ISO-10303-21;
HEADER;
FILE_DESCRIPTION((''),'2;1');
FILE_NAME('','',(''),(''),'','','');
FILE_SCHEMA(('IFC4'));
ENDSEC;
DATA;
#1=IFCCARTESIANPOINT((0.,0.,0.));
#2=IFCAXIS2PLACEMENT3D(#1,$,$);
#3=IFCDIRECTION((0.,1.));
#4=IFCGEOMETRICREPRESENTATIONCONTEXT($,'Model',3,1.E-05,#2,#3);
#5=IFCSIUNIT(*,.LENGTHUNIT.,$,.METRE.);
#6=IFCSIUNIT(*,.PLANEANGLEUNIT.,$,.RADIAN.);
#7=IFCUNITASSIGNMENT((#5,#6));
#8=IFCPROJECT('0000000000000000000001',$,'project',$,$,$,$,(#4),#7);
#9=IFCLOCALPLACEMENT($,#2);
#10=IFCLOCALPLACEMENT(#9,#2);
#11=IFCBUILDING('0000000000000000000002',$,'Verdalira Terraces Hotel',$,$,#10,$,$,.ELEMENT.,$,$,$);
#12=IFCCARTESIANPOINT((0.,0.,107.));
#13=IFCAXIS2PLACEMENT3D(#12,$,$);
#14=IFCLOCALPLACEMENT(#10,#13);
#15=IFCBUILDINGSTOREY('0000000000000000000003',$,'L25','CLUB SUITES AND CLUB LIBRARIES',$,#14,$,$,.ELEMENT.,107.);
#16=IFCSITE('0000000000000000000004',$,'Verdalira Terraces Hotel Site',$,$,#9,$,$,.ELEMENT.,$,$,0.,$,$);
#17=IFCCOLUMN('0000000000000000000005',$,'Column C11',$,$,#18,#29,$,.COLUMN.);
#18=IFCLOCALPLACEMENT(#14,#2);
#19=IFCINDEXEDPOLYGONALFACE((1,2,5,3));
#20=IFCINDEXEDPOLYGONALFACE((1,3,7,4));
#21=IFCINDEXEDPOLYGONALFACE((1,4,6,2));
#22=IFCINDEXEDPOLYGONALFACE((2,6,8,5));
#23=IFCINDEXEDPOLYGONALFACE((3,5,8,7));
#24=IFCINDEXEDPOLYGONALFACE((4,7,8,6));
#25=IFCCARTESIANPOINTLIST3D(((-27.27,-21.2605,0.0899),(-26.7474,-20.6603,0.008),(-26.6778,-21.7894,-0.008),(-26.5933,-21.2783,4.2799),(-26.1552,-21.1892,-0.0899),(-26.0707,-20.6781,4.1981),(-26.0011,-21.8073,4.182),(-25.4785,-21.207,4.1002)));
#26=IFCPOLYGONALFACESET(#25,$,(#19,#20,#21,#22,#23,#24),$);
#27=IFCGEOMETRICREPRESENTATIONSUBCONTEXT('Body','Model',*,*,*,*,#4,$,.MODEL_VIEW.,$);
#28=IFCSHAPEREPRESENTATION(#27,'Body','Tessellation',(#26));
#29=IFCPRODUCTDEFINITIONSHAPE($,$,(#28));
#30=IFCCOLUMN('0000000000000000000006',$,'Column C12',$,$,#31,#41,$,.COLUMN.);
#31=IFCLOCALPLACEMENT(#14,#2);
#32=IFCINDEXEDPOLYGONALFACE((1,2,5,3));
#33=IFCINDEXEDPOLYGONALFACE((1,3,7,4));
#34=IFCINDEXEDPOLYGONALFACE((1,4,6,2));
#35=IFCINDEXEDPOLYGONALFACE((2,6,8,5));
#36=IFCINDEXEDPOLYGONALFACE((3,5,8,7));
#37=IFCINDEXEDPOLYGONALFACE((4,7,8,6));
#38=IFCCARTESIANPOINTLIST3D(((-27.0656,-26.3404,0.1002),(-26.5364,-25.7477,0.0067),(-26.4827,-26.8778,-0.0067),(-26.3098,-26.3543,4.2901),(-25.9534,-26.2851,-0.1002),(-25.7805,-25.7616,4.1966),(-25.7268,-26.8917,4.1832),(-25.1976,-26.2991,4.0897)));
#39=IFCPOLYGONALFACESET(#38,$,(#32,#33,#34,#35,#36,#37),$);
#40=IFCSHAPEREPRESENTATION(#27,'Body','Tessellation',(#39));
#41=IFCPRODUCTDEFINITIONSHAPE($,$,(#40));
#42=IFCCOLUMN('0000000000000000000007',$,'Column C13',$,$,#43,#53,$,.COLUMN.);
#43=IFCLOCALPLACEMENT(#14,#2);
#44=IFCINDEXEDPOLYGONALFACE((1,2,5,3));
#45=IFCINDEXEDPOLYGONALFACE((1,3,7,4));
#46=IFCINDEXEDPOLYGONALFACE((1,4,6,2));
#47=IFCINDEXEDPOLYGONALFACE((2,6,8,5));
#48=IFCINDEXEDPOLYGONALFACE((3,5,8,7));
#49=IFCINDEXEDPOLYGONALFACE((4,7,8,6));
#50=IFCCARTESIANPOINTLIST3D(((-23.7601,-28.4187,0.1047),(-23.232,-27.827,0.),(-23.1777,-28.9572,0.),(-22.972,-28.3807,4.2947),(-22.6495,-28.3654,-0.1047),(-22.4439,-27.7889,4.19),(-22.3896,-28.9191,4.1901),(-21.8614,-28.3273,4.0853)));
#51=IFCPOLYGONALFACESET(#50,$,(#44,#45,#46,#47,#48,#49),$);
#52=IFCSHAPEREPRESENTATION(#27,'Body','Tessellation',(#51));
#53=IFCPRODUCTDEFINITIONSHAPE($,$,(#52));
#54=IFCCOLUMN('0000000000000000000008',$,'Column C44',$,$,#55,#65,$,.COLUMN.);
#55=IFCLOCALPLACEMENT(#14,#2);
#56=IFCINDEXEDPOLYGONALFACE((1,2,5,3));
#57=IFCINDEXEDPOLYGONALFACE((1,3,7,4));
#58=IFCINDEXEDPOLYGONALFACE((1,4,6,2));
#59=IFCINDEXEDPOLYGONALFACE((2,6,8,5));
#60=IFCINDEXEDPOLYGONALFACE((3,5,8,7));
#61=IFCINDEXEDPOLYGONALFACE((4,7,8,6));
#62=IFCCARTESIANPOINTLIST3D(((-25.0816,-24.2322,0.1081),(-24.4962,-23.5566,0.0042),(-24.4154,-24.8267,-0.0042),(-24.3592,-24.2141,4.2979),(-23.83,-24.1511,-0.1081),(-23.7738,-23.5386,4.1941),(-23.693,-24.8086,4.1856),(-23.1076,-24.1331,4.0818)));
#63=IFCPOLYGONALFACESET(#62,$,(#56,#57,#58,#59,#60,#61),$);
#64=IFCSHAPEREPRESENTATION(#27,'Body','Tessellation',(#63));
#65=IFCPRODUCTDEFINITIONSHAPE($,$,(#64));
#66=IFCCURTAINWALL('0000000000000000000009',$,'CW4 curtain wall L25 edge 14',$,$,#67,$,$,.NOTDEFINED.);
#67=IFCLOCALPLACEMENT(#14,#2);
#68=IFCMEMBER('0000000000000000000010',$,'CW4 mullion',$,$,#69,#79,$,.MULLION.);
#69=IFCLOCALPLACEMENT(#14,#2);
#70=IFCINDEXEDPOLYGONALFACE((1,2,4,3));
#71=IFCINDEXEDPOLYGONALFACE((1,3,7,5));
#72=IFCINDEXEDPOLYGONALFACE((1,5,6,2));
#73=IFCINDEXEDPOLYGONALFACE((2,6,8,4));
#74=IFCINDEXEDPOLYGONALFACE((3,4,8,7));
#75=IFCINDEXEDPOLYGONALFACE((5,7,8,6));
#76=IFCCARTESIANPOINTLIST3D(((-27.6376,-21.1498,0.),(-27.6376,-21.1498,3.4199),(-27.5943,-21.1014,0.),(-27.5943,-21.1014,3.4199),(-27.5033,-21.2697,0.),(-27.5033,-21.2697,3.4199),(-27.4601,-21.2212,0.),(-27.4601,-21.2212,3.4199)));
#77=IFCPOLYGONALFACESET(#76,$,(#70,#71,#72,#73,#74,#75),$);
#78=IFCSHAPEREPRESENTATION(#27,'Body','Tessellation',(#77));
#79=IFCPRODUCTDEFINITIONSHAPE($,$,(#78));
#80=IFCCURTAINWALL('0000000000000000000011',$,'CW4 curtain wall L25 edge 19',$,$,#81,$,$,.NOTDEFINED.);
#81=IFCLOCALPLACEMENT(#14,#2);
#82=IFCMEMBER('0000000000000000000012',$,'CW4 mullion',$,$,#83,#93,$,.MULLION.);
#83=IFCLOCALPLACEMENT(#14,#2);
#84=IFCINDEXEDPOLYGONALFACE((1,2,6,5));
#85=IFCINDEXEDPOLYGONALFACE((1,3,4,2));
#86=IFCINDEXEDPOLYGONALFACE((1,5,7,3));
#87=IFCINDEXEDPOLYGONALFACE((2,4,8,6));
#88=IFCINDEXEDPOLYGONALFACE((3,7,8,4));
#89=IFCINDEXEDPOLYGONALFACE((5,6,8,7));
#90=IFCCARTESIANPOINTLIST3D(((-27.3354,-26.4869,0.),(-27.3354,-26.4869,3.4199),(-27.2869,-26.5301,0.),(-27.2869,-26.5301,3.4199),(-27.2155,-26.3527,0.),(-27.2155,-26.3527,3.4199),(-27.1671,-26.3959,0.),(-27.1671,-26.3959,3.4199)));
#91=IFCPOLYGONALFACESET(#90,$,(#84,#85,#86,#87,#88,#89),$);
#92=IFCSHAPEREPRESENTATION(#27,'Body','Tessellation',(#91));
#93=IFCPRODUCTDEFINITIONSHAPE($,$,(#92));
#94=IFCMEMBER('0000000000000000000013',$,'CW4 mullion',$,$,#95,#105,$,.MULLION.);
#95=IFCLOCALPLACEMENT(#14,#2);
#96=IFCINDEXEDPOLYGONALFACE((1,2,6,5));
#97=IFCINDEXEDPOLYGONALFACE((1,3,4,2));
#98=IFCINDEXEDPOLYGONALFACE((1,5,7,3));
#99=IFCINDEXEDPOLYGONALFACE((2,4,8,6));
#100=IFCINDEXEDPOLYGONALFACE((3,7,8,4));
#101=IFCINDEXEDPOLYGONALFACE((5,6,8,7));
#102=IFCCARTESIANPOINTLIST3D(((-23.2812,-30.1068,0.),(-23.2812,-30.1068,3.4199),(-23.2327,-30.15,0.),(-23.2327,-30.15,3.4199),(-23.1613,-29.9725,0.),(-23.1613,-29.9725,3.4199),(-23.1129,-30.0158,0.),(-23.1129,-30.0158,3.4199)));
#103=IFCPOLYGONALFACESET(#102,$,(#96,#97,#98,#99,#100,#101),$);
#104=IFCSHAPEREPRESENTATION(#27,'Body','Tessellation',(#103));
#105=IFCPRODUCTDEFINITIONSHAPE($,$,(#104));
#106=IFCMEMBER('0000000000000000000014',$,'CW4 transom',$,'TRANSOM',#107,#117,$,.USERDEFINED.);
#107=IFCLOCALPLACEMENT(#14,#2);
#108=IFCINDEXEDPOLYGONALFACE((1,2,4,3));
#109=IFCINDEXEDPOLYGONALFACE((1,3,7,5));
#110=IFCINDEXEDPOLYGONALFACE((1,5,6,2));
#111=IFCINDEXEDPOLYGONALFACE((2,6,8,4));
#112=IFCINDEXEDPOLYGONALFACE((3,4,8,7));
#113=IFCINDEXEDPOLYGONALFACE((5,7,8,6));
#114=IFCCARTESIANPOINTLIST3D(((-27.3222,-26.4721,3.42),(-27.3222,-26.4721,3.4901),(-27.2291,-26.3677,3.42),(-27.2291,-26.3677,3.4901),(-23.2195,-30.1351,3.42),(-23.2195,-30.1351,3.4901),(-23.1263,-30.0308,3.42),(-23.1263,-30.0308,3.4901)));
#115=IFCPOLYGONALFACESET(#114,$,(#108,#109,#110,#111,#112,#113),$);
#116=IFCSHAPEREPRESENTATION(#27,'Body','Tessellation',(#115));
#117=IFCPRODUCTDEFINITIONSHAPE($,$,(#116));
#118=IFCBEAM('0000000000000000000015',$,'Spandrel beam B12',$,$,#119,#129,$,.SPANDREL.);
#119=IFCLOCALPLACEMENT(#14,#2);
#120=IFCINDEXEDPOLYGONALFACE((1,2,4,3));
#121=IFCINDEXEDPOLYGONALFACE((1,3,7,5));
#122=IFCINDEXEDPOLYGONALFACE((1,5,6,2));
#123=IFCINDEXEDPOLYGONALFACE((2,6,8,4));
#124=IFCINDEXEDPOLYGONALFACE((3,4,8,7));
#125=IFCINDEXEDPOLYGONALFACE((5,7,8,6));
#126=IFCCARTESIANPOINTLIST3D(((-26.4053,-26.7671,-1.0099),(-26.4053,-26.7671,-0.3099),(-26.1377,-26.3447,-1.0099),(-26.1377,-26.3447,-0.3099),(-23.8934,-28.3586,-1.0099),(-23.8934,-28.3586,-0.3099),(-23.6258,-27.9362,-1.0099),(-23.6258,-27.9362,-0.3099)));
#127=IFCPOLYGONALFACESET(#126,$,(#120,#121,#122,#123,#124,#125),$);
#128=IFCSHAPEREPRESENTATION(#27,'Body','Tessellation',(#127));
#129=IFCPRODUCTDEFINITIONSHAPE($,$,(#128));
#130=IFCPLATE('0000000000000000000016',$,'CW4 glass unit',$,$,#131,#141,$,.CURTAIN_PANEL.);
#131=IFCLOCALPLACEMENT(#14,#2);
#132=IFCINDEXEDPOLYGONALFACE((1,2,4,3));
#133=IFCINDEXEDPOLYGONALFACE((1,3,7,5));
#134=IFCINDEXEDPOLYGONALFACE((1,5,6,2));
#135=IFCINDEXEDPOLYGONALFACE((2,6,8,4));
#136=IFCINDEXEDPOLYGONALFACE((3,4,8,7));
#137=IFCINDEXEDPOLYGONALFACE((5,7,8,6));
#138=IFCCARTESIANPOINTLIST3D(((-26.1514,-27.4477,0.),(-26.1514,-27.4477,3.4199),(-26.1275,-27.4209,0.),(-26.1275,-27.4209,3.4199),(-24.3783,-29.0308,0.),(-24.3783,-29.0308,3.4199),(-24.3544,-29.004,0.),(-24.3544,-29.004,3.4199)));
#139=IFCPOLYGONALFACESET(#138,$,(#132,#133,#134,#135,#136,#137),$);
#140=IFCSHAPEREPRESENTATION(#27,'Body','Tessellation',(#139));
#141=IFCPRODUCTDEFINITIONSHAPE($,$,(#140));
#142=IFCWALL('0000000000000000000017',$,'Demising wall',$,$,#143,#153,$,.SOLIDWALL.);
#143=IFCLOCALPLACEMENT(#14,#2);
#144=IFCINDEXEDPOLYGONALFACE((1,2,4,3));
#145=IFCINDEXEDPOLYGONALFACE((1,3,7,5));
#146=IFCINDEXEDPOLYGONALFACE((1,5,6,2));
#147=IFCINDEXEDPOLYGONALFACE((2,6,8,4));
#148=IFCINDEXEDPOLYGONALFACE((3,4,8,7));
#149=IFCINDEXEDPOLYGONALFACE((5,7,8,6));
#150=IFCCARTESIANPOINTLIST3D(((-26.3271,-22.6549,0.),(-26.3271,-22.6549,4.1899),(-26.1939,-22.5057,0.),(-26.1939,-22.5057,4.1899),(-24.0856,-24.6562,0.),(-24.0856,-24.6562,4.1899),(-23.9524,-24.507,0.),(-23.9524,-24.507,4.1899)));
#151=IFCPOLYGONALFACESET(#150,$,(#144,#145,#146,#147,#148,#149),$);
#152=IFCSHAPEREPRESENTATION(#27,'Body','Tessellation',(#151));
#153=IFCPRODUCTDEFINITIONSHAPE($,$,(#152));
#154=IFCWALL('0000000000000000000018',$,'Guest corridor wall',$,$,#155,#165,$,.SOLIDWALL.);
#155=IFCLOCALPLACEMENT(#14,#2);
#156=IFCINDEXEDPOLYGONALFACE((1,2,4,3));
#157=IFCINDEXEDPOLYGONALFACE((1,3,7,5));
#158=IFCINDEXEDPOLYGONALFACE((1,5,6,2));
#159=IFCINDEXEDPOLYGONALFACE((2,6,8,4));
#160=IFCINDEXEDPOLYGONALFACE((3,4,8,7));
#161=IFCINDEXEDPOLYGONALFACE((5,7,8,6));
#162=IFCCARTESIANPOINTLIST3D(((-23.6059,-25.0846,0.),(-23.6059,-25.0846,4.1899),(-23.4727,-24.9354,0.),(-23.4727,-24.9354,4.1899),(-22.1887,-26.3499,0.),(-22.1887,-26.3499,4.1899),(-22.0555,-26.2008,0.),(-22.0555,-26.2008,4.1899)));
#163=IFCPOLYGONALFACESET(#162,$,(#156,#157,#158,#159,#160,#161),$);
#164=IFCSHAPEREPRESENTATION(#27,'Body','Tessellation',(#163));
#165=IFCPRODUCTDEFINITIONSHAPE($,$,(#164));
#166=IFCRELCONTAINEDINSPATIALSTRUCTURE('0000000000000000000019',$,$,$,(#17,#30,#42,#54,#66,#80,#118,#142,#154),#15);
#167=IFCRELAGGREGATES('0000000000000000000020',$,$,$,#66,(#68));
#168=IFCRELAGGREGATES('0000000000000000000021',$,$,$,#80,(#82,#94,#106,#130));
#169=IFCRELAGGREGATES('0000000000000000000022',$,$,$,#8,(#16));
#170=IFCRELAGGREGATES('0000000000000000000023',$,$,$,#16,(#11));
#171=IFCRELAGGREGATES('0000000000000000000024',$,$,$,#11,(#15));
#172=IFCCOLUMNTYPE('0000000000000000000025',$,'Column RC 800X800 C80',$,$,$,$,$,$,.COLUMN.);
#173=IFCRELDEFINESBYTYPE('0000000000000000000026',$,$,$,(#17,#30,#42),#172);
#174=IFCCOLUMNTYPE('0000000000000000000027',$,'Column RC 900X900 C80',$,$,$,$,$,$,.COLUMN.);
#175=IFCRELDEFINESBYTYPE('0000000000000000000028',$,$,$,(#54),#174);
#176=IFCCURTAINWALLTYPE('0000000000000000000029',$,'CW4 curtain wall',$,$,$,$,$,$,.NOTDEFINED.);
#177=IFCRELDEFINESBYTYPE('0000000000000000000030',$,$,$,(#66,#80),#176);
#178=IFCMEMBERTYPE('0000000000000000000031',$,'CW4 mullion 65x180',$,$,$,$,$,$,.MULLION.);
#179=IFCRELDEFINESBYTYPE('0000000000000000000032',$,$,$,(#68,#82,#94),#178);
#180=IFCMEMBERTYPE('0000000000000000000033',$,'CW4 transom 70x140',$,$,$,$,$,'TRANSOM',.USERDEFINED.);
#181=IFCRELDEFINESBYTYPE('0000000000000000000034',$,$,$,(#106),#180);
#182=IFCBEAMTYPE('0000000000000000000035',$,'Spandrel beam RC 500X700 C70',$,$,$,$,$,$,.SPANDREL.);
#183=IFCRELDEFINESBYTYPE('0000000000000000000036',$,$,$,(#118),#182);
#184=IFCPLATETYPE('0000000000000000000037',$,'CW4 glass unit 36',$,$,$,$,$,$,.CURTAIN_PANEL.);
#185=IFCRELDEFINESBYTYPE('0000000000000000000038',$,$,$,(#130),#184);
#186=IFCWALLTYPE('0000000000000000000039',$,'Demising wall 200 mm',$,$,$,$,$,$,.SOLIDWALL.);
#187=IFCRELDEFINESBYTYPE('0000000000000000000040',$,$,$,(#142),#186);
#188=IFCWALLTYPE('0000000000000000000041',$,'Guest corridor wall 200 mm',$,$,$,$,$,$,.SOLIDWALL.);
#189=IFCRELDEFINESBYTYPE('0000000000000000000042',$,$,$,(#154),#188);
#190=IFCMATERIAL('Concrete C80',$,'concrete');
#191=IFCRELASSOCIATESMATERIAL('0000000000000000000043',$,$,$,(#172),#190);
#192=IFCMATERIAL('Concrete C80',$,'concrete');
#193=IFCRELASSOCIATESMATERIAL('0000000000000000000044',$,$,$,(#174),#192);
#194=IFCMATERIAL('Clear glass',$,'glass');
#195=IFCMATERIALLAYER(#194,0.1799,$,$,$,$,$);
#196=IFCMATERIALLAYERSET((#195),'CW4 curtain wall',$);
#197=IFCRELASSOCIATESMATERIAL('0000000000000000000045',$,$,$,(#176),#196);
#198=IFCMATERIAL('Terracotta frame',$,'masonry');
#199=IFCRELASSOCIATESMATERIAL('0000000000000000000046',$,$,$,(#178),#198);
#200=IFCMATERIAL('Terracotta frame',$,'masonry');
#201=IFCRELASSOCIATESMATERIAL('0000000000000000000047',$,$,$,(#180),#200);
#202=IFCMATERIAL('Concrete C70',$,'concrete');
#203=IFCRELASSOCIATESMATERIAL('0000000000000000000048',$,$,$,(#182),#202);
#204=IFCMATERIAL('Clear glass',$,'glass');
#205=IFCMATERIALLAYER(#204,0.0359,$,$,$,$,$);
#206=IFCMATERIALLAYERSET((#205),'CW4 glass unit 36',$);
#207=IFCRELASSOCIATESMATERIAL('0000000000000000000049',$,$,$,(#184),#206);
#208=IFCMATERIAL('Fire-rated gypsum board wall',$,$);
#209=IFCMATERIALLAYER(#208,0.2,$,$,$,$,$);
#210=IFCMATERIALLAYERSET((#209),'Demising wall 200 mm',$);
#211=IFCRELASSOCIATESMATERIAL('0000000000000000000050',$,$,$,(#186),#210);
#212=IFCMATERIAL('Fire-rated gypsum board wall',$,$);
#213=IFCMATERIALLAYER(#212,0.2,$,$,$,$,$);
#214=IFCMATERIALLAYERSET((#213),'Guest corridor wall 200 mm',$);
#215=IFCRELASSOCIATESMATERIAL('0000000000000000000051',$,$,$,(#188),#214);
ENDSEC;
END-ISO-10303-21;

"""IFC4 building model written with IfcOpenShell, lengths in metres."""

from ifc_helpers import new_model, si_unit, direction, frame, frame_2d, origin, origin_2d, place, context, subcontext, project, spatial, rectangle, extrude, material, layer, layer_set, material_profile, profile_set, type_object, element, aggregate, save


model = new_model("IFC4")

# Units and contexts
model_context = context("Model", 3, precision=1e-05, world=origin(), true_north=direction((0.0, 1.0)))
body_context = subcontext(model_context, "Body", "Model", "MODEL_VIEW")
ifc_project = project(units=[si_unit("LENGTHUNIT", "METRE"), si_unit("PLANEANGLEUNIT", "RADIAN")], contexts=[model_context])

# Site, building, storey
site_placement = place(None, origin())
site = spatial("IfcSite", under=ifc_project, at=site_placement, Name="Verdalira Terraces Hotel Site", CompositionType="ELEMENT", RefElevation=0.0)
building_placement = place(site_placement, origin())
building = spatial("IfcBuilding", under=site, at=building_placement, Name="Verdalira Terraces Hotel", CompositionType="ELEMENT")
storey_placement = place(building_placement, frame((0.0, 0.0, 107.0)))
storey = spatial("IfcBuildingStorey", under=building, at=storey_placement, Name="L25", Description="CLUB SUITES AND CLUB LIBRARIES", CompositionType="ELEMENT", Elevation=107.0)

# Columns
ifc_material_1 = material(Name="Concrete C80", Category="concrete")
ifc_material_profile_1 = material_profile(ifc_material_1, rectangle(XDim=0.8, YDim=0.8, at=origin_2d()), Name="RC 800X800")
ifc_profile_set_1 = profile_set([ifc_material_profile_1], Name="Concrete C80")
column_type_1 = type_object("IfcColumnType", Name="Column RC 800X800 C80", PredefinedType="COLUMN", material=ifc_profile_set_1)
column_1_placement = place(storey_placement, frame((-26.7126, -21.2249, 0.0), z_axis=(0.159452, -0.004199, 0.987197), x_axis=(-0.653206, -0.750236, 0.102314)))
element("IfcColumn", 1, at=column_1_placement, inside=storey, type_object=column_type_1, Name="Column C11", PredefinedType="COLUMN", context=body_context, shape_type="SweptSolid", body=[
    extrude(rectangle(XDim=0.8, YDim=0.8, at=origin_2d()), origin(), (0.0, 0.0, 1.0), 4.2444),
])
column_2_placement = place(storey_placement, frame((-26.5095, -26.3127, 0.0), z_axis=(0.177532, -0.003269, 0.98411), x_axis=(0.728615, -0.671753, -0.133672)))
element("IfcColumn", 2, at=column_2_placement, inside=storey, type_object=column_type_1, Name="Column C12", PredefinedType="COLUMN", context=body_context, shape_type="SweptSolid", body=[
    extrude(rectangle(XDim=0.8, YDim=0.8, at=origin_2d()), origin(), (0.0, 0.0, 1.0), 4.2576),
])
column_3_placement = place(storey_placement, frame((-23.2048, -28.3921, 0.0), z_axis=(0.184841, 0.008933, 0.982728), x_axis=(0.728008, -0.672973, -0.130814)))
element("IfcColumn", 3, at=column_3_placement, inside=storey, type_object=column_type_1, Name="Column C13", PredefinedType="COLUMN", context=body_context, shape_type="SweptSolid", body=[
    extrude(rectangle(XDim=0.8, YDim=0.8, at=origin_2d()), origin(), (0.0, 0.0, 1.0), 4.2637),
])
ifc_material_2 = material(Name="Concrete C80", Category="concrete")
ifc_material_profile_2 = material_profile(ifc_material_2, rectangle(XDim=0.8999, YDim=0.8999, at=origin_2d()), Name="RC 900X900")
ifc_profile_set_2 = profile_set([ifc_material_profile_2], Name="Concrete C80")
column_type_2 = type_object("IfcColumnType", Name="Column RC 900X900 C80", PredefinedType="COLUMN", material=ifc_profile_set_2)
column_4_placement = place(storey_placement, frame((-24.4558, -24.1916, 0.0), z_axis=(0.169907, 0.004249, 0.985451), x_axis=(-0.650495, -0.750693, 0.115393)))
element("IfcColumn", 4, at=column_4_placement, inside=storey, type_object=column_type_2, Name="Column C44", PredefinedType="COLUMN", context=body_context, shape_type="SweptSolid", body=[
    extrude(rectangle(XDim=0.8999, YDim=0.8999, at=origin_2d()), origin(), (0.0, 0.0, 1.0), 4.2517),
])

# Curtain wall, member
ifc_material_3 = material(Name="Clear glass", Category="glass")
ifc_layer_1 = layer(ifc_material_3, 0.1799)
ifc_layer_set_1 = layer_set([ifc_layer_1], Name="CW4 curtain wall")
curtain_wall_type = type_object("IfcCurtainWallType", Name="CW4 curtain wall", PredefinedType="NOTDEFINED", material=ifc_layer_set_1)
curtain_wall_1_placement = place(storey_placement, origin())
curtain_wall_1 = element("IfcCurtainWall", 5, at=curtain_wall_1_placement, inside=storey, type_object=curtain_wall_type, Name="CW4 curtain wall L25 edge 14", PredefinedType="NOTDEFINED")
ifc_material_4 = material(Name="Terracotta frame", Category="masonry")
ifc_material_profile_3 = material_profile(ifc_material_4, rectangle(XDim=0.0649, YDim=0.1799, at=origin_2d()), Name="MU 65x180")
ifc_profile_set_3 = profile_set([ifc_material_profile_3], Name="Terracotta frame")
member_type_1 = type_object("IfcMemberType", Name="CW4 mullion 65x180", PredefinedType="MULLION", material=ifc_profile_set_3)
member_1_placement = place(storey_placement, frame((-27.5488, -21.1855, 0.0), z_axis=(0.0, 0.0, 1.0), x_axis=(-0.666012, -0.745941, 0.0)))
member_1 = element("IfcMember", 6, at=member_1_placement, type_object=member_type_1, Name="CW4 mullion", PredefinedType="MULLION", context=body_context, shape_type="SweptSolid", body=[
    extrude(rectangle(XDim=0.0649, YDim=0.1799, at=origin_2d()), origin(), (0.0, 0.0, 1.0), 3.4199),
])
aggregate(curtain_wall_1, [member_1])

# Curtain wall, members
curtain_wall_2_placement = place(storey_placement, origin())
curtain_wall_2 = element("IfcCurtainWall", 7, at=curtain_wall_2_placement, inside=storey, type_object=curtain_wall_type, Name="CW4 curtain wall L25 edge 19", PredefinedType="NOTDEFINED")
member_2_placement = place(storey_placement, frame((-27.2512, -26.4414, 0.0), z_axis=(0.0, 0.0, 1.0), x_axis=(0.745941, -0.666012, 0.0)))
member_2 = element("IfcMember", 8, at=member_2_placement, type_object=member_type_1, Name="CW4 mullion", PredefinedType="MULLION", context=body_context, shape_type="SweptSolid", body=[
    extrude(rectangle(XDim=0.0649, YDim=0.1799, at=origin_2d()), origin(), (0.0, 0.0, 1.0), 3.4199),
])
member_3_placement = place(storey_placement, frame((-23.197, -30.0613, 0.0), z_axis=(0.0, 0.0, 1.0), x_axis=(0.745941, -0.666012, 0.0)))
member_3 = element("IfcMember", 9, at=member_3_placement, type_object=member_type_1, Name="CW4 mullion", PredefinedType="MULLION", context=body_context, shape_type="SweptSolid", body=[
    extrude(rectangle(XDim=0.0649, YDim=0.1799, at=origin_2d()), origin(), (0.0, 0.0, 1.0), 3.4199),
])
ifc_material_5 = material(Name="Terracotta frame", Category="masonry")
ifc_material_profile_4 = material_profile(ifc_material_5, rectangle(XDim=0.1399, YDim=0.0701, at=origin_2d()), Name="TR 70x140")
ifc_profile_set_4 = profile_set([ifc_material_profile_4], Name="Terracotta frame")
member_type_2 = type_object("IfcMemberType", Name="CW4 transom 70x140", ElementType="TRANSOM", PredefinedType="USERDEFINED", material=ifc_profile_set_4)
member_4_placement = place(storey_placement, frame((-27.2756, -26.4199, 3.4551), z_axis=(0.745948, -0.666004, 0.0), x_axis=(0.666004, 0.745948, 0.0)))
member_4 = element("IfcMember", 10, at=member_4_placement, type_object=member_type_2, Name="CW4 transom", ObjectType="TRANSOM", PredefinedType="USERDEFINED", context=body_context, shape_type="SweptSolid", body=[
    extrude(rectangle(XDim=0.1399, YDim=0.0701, at=origin_2d()), origin(), (0.0, 0.0, 1.0), 5.5),
])

# Beam
ifc_material_6 = material(Name="Concrete C70", Category="concrete")
ifc_material_profile_5 = material_profile(ifc_material_6, rectangle(XDim=0.5, YDim=0.7, at=origin_2d()), Name="RC 500X700")
ifc_profile_set_5 = profile_set([ifc_material_profile_5], Name="Concrete C70")
beam_type = type_object("IfcBeamType", Name="Spandrel beam RC 500X700 C70", PredefinedType="SPANDREL", material=ifc_profile_set_5)
beam_placement = place(storey_placement, frame((-26.2715, -26.5559, -0.6599), z_axis=(0.844721, -0.535206, 0.0), x_axis=(0.535206, 0.844721, 0.0)))
element("IfcBeam", 11, at=beam_placement, inside=storey, type_object=beam_type, Name="Spandrel beam B12", PredefinedType="SPANDREL", context=body_context, shape_type="SweptSolid", body=[
    extrude(rectangle(XDim=0.5, YDim=0.7, at=origin_2d()), origin(), (0.0, 0.0, 1.0), 2.9736),
])

# Plate
ifc_material_7 = material(Name="Clear glass", Category="glass")
ifc_layer_2 = layer(ifc_material_7, 0.0359)
ifc_layer_set_2 = layer_set([ifc_layer_2], Name="CW4 glass unit 36")
plate_type = type_object("IfcPlateType", Name="CW4 glass unit 36", PredefinedType="CURTAIN_PANEL", material=ifc_layer_set_2)
plate_placement = place(storey_placement, frame((-25.2529, -28.2258, 0.0), z_axis=(0.0, 0.0, 1.0), x_axis=(0.745941, -0.666012, 0.0)))
plate = element("IfcPlate", 12, at=plate_placement, type_object=plate_type, Name="CW4 glass unit", PredefinedType="CURTAIN_PANEL", context=body_context, shape_type="SweptSolid", body=[
    extrude(rectangle(XDim=2.377, YDim=0.0359, at=origin_2d()), origin(), (0.0, 0.0, 1.0), 3.4199),
])
aggregate(curtain_wall_2, [member_2, member_3, member_4, plate])

# Walls
ifc_material_8 = material(Name="Fire-rated gypsum board wall")
ifc_layer_3 = layer(ifc_material_8, 0.2)
ifc_layer_set_3 = layer_set([ifc_layer_3], Name="Demising wall 200 mm")
wall_type_1 = type_object("IfcWallType", Name="Demising wall 200 mm", PredefinedType="SOLIDWALL", material=ifc_layer_set_3)
wall_1_placement = place(storey_placement, frame((-26.2605, -22.5803, 0.0), z_axis=(0.0, 0.0, 1.0), x_axis=(0.745951, -0.666001, 0.0)))
element("IfcWall", 13, at=wall_1_placement, inside=storey, type_object=wall_type_1, Name="Demising wall", PredefinedType="SOLIDWALL", context=body_context, shape_type="SweptSolid", body=[
    extrude(rectangle(XDim=3.0049, YDim=0.2, at=frame_2d((1.5024, 0.0))), origin(), (0.0, 0.0, 1.0), 4.1899),
])
ifc_material_9 = material(Name="Fire-rated gypsum board wall")
ifc_layer_4 = layer(ifc_material_9, 0.2)
ifc_layer_set_4 = layer_set([ifc_layer_4], Name="Guest corridor wall 200 mm")
wall_type_2 = type_object("IfcWallType", Name="Guest corridor wall 200 mm", PredefinedType="SOLIDWALL", material=ifc_layer_set_4)
wall_2_placement = place(storey_placement, frame((-23.5393, -25.01, 0.0), z_axis=(0.0, 0.0, 1.0), x_axis=(0.74594, -0.666013, 0.0)))
element("IfcWall", 14, at=wall_2_placement, inside=storey, type_object=wall_type_2, Name="Guest corridor wall", PredefinedType="SOLIDWALL", context=body_context, shape_type="SweptSolid", body=[
    extrude(rectangle(XDim=1.8999, YDim=0.2, at=frame_2d((0.95, 0.0))), origin(), (0.0, 0.0, 1.0), 4.1899),
])

save(model, "model.ifc")
